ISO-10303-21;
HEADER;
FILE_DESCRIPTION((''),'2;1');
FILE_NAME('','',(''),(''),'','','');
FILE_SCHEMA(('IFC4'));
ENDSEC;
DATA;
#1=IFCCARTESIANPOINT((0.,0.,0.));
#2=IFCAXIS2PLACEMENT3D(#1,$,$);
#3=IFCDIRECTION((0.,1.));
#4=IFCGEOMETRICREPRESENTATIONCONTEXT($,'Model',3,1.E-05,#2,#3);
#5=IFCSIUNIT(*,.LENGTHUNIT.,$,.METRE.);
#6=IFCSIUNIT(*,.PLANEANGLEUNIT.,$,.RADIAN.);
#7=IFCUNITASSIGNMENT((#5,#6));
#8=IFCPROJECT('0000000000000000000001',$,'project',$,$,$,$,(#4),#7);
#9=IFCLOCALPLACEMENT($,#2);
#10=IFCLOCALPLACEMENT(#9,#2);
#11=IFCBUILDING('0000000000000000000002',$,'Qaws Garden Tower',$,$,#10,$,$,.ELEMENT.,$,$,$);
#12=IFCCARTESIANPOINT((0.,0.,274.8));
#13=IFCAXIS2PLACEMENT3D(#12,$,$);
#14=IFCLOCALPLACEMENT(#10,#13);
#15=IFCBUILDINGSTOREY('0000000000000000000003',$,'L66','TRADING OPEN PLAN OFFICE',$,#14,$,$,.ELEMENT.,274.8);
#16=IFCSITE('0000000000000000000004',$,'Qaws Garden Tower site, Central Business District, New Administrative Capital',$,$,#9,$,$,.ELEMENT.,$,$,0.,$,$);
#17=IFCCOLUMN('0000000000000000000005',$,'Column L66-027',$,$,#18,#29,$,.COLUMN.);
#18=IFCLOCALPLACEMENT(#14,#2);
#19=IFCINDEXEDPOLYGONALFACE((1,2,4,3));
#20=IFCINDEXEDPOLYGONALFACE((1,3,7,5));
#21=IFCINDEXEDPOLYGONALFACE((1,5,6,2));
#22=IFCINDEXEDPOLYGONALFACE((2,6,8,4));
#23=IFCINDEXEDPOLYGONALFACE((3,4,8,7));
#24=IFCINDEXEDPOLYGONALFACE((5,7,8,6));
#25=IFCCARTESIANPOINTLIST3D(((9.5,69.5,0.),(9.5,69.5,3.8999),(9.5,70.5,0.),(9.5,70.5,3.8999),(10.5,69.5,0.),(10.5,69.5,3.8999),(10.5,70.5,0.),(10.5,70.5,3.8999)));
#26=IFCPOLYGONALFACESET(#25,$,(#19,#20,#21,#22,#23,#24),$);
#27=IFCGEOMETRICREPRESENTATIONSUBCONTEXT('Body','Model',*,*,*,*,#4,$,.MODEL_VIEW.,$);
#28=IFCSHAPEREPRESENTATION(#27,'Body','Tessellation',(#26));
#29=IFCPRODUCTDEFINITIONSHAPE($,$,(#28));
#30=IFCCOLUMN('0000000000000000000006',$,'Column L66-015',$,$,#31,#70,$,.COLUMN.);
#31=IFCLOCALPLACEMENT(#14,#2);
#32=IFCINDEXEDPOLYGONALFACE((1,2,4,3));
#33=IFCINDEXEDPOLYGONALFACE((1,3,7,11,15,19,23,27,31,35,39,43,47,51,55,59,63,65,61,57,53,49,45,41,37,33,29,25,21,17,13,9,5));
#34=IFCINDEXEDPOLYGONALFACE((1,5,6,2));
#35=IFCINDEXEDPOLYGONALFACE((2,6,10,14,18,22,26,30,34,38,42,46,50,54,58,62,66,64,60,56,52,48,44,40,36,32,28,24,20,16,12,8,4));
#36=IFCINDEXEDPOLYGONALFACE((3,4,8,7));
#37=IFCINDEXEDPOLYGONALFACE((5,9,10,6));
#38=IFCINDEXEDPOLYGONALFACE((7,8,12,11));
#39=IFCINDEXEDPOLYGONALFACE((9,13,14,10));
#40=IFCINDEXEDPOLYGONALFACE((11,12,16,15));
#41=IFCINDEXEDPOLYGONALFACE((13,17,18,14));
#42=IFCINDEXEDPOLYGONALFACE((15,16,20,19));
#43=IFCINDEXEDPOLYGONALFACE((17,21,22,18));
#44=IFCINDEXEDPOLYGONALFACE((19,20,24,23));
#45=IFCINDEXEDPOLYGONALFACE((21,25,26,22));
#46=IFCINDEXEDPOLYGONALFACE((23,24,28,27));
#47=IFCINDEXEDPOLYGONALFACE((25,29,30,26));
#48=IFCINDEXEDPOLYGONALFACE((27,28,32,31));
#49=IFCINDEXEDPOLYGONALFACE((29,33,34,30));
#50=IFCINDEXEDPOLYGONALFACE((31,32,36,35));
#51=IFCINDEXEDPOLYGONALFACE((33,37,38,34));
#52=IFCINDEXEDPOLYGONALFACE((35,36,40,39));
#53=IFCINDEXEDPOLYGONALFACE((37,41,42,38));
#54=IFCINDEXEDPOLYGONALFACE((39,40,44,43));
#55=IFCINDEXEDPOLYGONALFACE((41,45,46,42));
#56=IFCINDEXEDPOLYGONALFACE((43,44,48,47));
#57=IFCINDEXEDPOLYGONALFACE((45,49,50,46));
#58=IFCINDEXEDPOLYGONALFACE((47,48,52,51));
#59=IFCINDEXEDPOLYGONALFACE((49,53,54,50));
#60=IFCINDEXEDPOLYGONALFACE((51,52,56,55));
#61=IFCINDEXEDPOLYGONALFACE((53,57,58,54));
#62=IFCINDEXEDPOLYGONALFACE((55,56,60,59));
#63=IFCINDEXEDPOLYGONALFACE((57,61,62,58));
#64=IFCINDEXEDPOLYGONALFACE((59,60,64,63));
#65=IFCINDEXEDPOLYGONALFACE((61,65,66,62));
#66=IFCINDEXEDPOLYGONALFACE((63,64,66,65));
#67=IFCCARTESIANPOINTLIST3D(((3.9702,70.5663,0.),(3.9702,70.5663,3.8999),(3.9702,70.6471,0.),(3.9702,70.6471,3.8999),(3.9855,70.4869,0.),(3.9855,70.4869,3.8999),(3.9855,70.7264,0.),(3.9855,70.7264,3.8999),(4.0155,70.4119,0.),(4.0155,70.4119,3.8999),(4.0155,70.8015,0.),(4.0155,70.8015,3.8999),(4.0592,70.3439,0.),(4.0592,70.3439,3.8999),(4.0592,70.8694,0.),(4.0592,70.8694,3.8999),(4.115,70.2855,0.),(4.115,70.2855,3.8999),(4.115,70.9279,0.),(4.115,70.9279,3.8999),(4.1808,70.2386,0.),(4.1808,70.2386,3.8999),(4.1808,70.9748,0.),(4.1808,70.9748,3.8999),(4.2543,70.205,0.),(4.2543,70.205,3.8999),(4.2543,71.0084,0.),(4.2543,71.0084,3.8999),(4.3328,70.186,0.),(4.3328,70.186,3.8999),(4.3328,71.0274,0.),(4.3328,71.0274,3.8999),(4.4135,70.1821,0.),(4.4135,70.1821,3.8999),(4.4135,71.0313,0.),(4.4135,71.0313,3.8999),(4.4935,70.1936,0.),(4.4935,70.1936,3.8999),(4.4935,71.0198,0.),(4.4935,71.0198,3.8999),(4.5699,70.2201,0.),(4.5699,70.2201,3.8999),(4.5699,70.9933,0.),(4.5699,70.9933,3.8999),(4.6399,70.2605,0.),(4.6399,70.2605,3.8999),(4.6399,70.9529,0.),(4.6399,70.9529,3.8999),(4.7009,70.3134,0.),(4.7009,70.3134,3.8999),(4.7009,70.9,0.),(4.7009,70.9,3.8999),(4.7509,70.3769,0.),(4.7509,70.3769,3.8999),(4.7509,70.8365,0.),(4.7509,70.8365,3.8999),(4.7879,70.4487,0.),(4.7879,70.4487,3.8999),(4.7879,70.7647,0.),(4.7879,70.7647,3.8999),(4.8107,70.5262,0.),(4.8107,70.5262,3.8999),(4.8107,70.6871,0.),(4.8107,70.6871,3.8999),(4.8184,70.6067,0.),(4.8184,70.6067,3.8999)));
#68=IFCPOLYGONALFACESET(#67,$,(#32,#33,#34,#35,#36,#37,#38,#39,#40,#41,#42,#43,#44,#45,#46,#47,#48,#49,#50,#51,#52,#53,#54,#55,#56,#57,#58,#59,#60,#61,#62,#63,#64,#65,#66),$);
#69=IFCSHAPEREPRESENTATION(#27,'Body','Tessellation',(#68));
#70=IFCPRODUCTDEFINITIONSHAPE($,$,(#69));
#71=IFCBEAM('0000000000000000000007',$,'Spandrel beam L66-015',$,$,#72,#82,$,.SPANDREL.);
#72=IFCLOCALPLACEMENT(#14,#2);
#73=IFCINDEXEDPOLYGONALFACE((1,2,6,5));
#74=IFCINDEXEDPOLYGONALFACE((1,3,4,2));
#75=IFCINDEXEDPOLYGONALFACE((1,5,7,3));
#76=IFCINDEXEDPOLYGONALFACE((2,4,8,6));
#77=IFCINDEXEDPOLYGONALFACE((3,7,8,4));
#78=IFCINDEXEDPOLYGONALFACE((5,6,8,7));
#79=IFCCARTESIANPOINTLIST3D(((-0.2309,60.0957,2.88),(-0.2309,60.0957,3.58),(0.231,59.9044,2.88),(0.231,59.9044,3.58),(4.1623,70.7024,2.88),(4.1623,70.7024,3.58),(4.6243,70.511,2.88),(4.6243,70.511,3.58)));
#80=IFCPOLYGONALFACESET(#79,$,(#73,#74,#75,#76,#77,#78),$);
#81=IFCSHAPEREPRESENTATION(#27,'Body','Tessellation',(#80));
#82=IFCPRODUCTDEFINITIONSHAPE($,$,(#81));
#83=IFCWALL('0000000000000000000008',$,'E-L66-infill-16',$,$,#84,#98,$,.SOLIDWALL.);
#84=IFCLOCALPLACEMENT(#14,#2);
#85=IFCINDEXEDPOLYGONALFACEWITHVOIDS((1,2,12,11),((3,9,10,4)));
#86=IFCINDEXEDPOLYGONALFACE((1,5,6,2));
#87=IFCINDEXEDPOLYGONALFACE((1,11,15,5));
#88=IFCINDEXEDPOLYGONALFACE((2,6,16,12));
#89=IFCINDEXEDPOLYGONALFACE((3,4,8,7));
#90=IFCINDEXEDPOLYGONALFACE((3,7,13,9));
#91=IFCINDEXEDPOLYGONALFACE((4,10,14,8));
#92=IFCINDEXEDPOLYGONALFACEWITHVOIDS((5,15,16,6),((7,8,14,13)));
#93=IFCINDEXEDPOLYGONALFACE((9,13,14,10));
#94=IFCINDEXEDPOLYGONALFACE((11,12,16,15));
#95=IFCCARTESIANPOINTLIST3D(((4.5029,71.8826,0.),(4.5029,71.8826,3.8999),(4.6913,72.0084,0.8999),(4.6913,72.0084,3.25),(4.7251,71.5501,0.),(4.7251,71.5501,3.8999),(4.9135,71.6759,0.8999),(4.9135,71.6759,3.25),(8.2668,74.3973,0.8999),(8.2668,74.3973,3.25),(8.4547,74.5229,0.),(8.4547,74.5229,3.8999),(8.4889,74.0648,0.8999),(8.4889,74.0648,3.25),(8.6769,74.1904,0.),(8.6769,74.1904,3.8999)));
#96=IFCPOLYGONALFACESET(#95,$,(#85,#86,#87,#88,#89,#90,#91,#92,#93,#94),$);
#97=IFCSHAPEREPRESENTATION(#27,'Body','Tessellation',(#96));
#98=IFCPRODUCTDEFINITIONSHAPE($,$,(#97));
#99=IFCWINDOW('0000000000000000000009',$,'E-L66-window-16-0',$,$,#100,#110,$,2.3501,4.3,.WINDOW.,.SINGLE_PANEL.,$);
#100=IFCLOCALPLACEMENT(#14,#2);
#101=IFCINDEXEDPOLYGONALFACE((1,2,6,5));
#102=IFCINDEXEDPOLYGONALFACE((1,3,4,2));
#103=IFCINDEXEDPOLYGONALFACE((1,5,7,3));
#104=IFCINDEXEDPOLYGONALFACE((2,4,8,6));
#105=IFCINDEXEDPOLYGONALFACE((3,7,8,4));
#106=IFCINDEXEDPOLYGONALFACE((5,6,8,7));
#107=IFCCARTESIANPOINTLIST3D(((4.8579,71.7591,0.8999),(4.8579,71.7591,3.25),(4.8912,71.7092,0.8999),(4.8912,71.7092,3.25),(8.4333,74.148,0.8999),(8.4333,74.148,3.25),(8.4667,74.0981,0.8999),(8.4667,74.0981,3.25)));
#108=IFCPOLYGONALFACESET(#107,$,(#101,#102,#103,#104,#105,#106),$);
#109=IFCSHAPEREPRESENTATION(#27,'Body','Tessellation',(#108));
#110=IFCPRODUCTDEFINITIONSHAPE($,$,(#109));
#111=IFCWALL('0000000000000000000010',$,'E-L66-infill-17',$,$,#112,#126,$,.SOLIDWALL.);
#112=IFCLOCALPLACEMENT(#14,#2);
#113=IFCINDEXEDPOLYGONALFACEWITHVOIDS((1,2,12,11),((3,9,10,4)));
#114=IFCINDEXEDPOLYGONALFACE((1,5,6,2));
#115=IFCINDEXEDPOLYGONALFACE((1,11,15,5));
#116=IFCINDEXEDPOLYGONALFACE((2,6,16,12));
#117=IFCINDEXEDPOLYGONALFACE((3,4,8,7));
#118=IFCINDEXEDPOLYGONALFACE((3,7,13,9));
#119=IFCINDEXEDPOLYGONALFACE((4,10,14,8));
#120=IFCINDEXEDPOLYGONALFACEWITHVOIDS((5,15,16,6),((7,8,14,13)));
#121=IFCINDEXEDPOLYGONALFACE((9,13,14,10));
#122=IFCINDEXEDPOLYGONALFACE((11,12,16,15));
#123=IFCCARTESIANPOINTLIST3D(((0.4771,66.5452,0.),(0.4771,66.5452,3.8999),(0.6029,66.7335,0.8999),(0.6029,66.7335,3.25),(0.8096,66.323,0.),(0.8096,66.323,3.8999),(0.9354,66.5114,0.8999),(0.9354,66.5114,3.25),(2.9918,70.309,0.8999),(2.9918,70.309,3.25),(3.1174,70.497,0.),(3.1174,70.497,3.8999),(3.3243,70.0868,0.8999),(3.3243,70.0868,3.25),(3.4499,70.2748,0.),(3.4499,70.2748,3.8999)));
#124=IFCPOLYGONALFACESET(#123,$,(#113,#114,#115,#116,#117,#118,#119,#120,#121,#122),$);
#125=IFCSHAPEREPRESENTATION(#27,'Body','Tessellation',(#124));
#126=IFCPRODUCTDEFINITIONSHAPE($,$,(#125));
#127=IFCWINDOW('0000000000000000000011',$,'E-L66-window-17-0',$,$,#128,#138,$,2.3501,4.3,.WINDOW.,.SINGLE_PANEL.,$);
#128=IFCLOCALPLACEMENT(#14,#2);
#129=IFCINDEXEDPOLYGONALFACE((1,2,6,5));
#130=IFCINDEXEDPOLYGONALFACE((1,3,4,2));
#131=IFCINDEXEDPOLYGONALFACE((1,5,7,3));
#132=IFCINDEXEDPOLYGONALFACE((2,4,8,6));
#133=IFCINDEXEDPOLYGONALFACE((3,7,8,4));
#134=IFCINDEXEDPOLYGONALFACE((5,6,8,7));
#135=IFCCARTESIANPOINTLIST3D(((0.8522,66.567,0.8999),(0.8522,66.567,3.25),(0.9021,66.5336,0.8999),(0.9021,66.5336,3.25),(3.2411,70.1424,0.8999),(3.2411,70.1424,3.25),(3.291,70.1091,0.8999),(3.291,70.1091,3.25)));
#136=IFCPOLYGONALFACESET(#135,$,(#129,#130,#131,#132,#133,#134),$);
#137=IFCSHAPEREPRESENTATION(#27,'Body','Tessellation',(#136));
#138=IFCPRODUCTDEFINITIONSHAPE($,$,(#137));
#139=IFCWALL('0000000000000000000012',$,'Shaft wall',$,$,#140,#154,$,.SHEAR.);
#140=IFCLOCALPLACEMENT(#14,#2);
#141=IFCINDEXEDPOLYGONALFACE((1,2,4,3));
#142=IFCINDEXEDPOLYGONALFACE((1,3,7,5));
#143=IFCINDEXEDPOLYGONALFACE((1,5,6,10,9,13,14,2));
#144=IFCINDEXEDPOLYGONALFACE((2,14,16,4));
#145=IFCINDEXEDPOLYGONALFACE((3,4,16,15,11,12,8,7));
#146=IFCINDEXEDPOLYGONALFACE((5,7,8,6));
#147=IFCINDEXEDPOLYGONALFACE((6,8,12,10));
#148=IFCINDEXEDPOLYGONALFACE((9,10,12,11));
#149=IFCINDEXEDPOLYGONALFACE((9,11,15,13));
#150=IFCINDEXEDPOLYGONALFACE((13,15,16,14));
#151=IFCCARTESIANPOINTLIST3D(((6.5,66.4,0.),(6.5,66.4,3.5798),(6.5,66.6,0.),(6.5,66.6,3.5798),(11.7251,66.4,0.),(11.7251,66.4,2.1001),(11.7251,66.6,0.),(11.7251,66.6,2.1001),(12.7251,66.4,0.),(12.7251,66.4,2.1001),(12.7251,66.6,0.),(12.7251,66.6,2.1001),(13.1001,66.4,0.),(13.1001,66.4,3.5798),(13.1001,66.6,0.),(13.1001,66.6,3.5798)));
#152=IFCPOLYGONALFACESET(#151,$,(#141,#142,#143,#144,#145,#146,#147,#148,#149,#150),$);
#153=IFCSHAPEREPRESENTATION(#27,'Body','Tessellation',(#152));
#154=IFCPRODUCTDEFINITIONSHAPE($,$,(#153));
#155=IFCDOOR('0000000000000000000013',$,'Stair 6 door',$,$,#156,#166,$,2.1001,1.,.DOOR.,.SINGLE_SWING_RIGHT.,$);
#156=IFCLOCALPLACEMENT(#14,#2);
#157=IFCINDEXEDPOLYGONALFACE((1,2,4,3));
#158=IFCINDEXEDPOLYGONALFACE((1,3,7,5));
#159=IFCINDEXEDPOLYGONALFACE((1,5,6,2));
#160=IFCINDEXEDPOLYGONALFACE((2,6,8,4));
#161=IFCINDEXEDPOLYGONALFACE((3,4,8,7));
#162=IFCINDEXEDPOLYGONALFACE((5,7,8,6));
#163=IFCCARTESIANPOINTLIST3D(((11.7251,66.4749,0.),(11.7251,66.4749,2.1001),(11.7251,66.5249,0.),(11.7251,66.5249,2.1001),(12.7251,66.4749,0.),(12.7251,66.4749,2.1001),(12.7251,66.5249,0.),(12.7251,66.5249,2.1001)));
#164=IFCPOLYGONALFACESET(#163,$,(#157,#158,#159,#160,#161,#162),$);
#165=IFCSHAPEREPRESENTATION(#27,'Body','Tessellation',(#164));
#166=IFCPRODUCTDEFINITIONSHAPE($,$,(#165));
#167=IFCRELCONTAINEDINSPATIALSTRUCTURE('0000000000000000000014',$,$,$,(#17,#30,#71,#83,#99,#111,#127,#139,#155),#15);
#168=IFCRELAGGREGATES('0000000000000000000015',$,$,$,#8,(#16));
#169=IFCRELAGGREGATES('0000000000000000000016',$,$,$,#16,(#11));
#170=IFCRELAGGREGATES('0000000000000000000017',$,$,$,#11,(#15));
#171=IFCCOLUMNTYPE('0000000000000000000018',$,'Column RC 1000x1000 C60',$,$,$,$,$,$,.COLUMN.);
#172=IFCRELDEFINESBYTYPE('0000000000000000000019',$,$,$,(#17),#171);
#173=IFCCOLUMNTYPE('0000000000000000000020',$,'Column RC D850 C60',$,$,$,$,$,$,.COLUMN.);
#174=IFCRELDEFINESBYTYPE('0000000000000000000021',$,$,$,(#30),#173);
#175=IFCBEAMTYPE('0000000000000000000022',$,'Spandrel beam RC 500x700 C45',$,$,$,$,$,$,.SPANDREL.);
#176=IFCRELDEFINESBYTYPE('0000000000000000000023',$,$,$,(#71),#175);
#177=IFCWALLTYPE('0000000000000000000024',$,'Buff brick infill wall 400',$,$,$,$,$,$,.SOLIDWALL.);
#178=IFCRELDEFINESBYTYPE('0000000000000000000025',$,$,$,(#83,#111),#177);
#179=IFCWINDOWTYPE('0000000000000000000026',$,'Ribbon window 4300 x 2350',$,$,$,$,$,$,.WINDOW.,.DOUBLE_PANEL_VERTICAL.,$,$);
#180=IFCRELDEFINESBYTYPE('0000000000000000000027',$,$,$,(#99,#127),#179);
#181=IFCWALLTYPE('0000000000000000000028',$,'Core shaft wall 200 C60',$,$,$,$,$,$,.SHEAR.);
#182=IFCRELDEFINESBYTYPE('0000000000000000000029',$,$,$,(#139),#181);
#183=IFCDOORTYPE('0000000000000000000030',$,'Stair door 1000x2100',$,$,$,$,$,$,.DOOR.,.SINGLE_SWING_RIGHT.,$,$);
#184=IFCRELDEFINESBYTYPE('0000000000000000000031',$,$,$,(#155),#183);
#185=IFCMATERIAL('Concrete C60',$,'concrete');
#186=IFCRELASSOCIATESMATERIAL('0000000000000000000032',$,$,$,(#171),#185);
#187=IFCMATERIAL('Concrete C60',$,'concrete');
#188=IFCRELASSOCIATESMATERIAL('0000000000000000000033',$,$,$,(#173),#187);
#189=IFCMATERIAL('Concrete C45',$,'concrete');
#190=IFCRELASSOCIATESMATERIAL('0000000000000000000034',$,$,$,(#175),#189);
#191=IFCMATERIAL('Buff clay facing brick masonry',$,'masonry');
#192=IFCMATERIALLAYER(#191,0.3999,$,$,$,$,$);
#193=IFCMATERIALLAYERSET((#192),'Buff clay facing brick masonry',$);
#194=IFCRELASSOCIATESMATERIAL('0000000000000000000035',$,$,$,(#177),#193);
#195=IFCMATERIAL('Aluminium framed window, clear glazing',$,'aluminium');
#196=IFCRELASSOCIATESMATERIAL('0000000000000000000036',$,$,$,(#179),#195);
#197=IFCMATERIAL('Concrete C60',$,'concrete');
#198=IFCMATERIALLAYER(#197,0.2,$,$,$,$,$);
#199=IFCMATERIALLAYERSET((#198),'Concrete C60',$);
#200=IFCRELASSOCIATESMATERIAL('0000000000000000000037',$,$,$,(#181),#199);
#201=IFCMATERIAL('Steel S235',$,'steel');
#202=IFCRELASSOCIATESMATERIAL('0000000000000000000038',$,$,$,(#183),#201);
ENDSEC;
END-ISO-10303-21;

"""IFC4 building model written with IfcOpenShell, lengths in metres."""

from ifc_helpers import new_model, si_unit, direction, frame, frame_2d, origin, origin_2d, place, context, subcontext, project, spatial, rectangle, circle, extrude, material, layer, layer_set, material_profile, profile_set, type_object, element, fill, save


model = new_model("IFC4")

# Units and contexts
model_context = context("Model", 3, precision=1e-05, world=origin(), true_north=direction((0.0, 1.0)))
body_context = subcontext(model_context, "Body", "Model", "MODEL_VIEW")
ifc_project = project(units=[si_unit("LENGTHUNIT", "METRE"), si_unit("PLANEANGLEUNIT", "RADIAN")], contexts=[model_context])

# Site, building, storey
site_placement = place(None, origin())
site = spatial("IfcSite", under=ifc_project, at=site_placement, Name="Qaws Garden Tower site, Central Business District, New Administrative Capital", CompositionType="ELEMENT", RefElevation=0.0)
building_placement = place(site_placement, origin())
building = spatial("IfcBuilding", under=site, at=building_placement, Name="Qaws Garden Tower", CompositionType="ELEMENT")
storey_placement = place(building_placement, frame((0.0, 0.0, 274.8)))
storey = spatial("IfcBuildingStorey", under=building, at=storey_placement, Name="L66", Description="TRADING OPEN PLAN OFFICE", CompositionType="ELEMENT", Elevation=274.8)

# Columns
ifc_material_1 = material(Name="Concrete C60", Category="concrete")
ifc_material_profile_1 = material_profile(ifc_material_1, rectangle(XDim=1.0, YDim=1.0, at=origin_2d()), Name="RC 1000x1000")
ifc_profile_set_1 = profile_set([ifc_material_profile_1], Name="Concrete C60")
column_type_1 = type_object("IfcColumnType", Name="Column RC 1000x1000 C60", PredefinedType="COLUMN", material=ifc_profile_set_1)
column_1_placement = place(storey_placement, frame((10.0, 70.0, 0.0), z_axis=(0.0, 0.0, 1.0), x_axis=(1.0, 0.0, 0.0)))
element("IfcColumn", 1, at=column_1_placement, inside=storey, type_object=column_type_1, Name="Column L66-027", PredefinedType="COLUMN", context=body_context, shape_type="SweptSolid", body=[
    extrude(rectangle(XDim=1.0, YDim=1.0, at=origin_2d()), origin(), (0.0, 0.0, 1.0), 3.8999),
])
ifc_material_2 = material(Name="Concrete C60", Category="concrete")
ifc_material_profile_2 = material_profile(ifc_material_2, circle(Radius=0.425, at=origin_2d()), Name="RC D850")
ifc_profile_set_2 = profile_set([ifc_material_profile_2], Name="Concrete C60")
column_type_2 = type_object("IfcColumnType", Name="Column RC D850 C60", PredefinedType="COLUMN", material=ifc_profile_set_2)
column_2_placement = place(storey_placement, frame((4.3933, 70.6067, 0.0), z_axis=(0.0, 0.0, 1.0), x_axis=(1.0, 0.0, 0.0)))
element("IfcColumn", 2, at=column_2_placement, inside=storey, type_object=column_type_2, Name="Column L66-015", PredefinedType="COLUMN", context=body_context, shape_type="SweptSolid", body=[
    extrude(circle(Radius=0.425, at=origin_2d()), origin(), (0.0, 0.0, 1.0), 3.8999),
])

# Beam
ifc_material_3 = material(Name="Concrete C45", Category="concrete")
ifc_material_profile_3 = material_profile(ifc_material_3, rectangle(XDim=0.5, YDim=0.7, at=origin_2d()), Name="RC 500x700")
ifc_profile_set_3 = profile_set([ifc_material_profile_3], Name="Concrete C45")
beam_type = type_object("IfcBeamType", Name="Spandrel beam RC 500x700 C45", PredefinedType="SPANDREL", material=ifc_profile_set_3)
beam_placement = place(storey_placement, frame((4.3933, 70.6067, 3.23), z_axis=(-0.382674, -0.923883, 0.0), x_axis=(0.923883, -0.382674, 0.0)))
element("IfcBeam", 3, at=beam_placement, inside=storey, type_object=beam_type, Name="Spandrel beam L66-015", PredefinedType="SPANDREL", context=body_context, shape_type="SweptSolid", body=[
    extrude(rectangle(XDim=0.5, YDim=0.7, at=origin_2d()), origin(), (0.0, 0.0, 1.0), 11.4805),
])

# Walls, openings, windows
ifc_material_4 = material(Name="Buff clay facing brick masonry", Category="masonry")
ifc_layer_1 = layer(ifc_material_4, 0.3999)
ifc_layer_set_1 = layer_set([ifc_layer_1], Name="Buff clay facing brick masonry")
wall_type_1 = type_object("IfcWallType", Name="Buff brick infill wall 400", PredefinedType="SOLIDWALL", material=ifc_layer_set_1)
wall_1_placement = place(storey_placement, frame((8.5659, 74.3567, 0.0), z_axis=(0.0, 0.0, 1.0), x_axis=(-0.831489, -0.555542, 0.0)))
wall_1 = element("IfcWall", 4, at=wall_1_placement, inside=storey, type_object=wall_type_1, Name="E-L66-infill-16", PredefinedType="SOLIDWALL", context=body_context, shape_type="SweptSolid", body=[
    extrude(rectangle(XDim=4.7527, YDim=0.3999, at=frame_2d((2.3765, 0.0))), origin(), (0.0, 0.0, 1.0), 3.8999),
])
opening_1_placement = place(wall_1_placement, frame((0.2263, 0.0, 0.8999)))
opening_1 = element("IfcOpeningElement", 5, at=opening_1_placement, cuts=wall_1, PredefinedType="OPENING", context=body_context, shape_type="SweptSolid", body=[
    extrude(rectangle(XDim=4.3, YDim=2.3501, at=frame_2d((2.1499, 1.175))), frame((0.0, 0.21, 0.0), z_axis=(0.0, -1.0, 0.0), x_axis=(1.0, 0.0, 0.0)), (0.0, 0.0, 1.0), 0.4199),
])
ifc_material_5 = material(Name="Aluminium framed window, clear glazing", Category="aluminium")
window_type = type_object("IfcWindowType", Name="Ribbon window 4300 x 2350", PartitioningType="DOUBLE_PANEL_VERTICAL", PredefinedType="WINDOW", material=ifc_material_5)
window_1_placement = place(opening_1_placement, origin())
window_1 = element("IfcWindow", 6, at=window_1_placement, inside=storey, type_object=window_type, Name="E-L66-window-16-0", OverallHeight=2.3501, OverallWidth=4.3, PartitioningType="SINGLE_PANEL", PredefinedType="WINDOW", context=body_context, shape_type="SweptSolid", body=[
    extrude(rectangle(XDim=4.3, YDim=2.3501, at=frame_2d((2.1499, 1.175))), frame((0.0, 0.1599, 0.0), z_axis=(0.0, -1.0, 0.0), x_axis=(1.0, 0.0, 0.0)), (0.0, 0.0, 1.0), 0.0601),
])
fill(opening_1, window_1)
wall_2_placement = place(storey_placement, frame((3.2837, 70.386, 0.0), z_axis=(0.0, 0.0, 1.0), x_axis=(-0.555542, -0.831489, 0.0)))
wall_2 = element("IfcWall", 7, at=wall_2_placement, inside=storey, type_object=wall_type_1, Name="E-L66-infill-17", PredefinedType="SOLIDWALL", context=body_context, shape_type="SweptSolid", body=[
    extrude(rectangle(XDim=4.7527, YDim=0.3999, at=frame_2d((2.3765, 0.0))), origin(), (0.0, 0.0, 1.0), 3.8999),
])
opening_2_placement = place(wall_2_placement, frame((0.2263, 0.0, 0.8999)))
opening_2 = element("IfcOpeningElement", 8, at=opening_2_placement, cuts=wall_2, PredefinedType="OPENING", context=body_context, shape_type="SweptSolid", body=[
    extrude(rectangle(XDim=4.3, YDim=2.3501, at=frame_2d((2.1499, 1.175))), frame((0.0, 0.21, 0.0), z_axis=(0.0, -1.0, 0.0), x_axis=(1.0, 0.0, 0.0)), (0.0, 0.0, 1.0), 0.4199),
])
window_2_placement = place(opening_2_placement, origin())
window_2 = element("IfcWindow", 9, at=window_2_placement, inside=storey, type_object=window_type, Name="E-L66-window-17-0", OverallHeight=2.3501, OverallWidth=4.3, PartitioningType="SINGLE_PANEL", PredefinedType="WINDOW", context=body_context, shape_type="SweptSolid", body=[
    extrude(rectangle(XDim=4.3, YDim=2.3501, at=frame_2d((2.1499, 1.175))), frame((0.0, 0.1599, 0.0), z_axis=(0.0, -1.0, 0.0), x_axis=(1.0, 0.0, 0.0)), (0.0, 0.0, 1.0), 0.0601),
])
fill(opening_2, window_2)

# Wall, opening, door
ifc_material_6 = material(Name="Concrete C60", Category="concrete")
ifc_layer_2 = layer(ifc_material_6, 0.2)
ifc_layer_set_2 = layer_set([ifc_layer_2], Name="Concrete C60")
wall_type_2 = type_object("IfcWallType", Name="Core shaft wall 200 C60", PredefinedType="SHEAR", material=ifc_layer_set_2)
wall_3_placement = place(storey_placement, frame((6.5, 66.5, 0.0), z_axis=(0.0, 0.0, 1.0), x_axis=(1.0, 0.0, 0.0)))
wall_3 = element("IfcWall", 10, at=wall_3_placement, inside=storey, type_object=wall_type_2, Name="Shaft wall", PredefinedType="SHEAR", context=body_context, shape_type="SweptSolid", body=[
    extrude(rectangle(XDim=6.6001, YDim=0.2, at=frame_2d((3.3, 0.0))), origin(), (0.0, 0.0, 1.0), 3.5798),
])
opening_3_placement = place(wall_3_placement, frame((5.2251, 0.0, 0.0)))
opening_3 = element("IfcOpeningElement", 11, at=opening_3_placement, cuts=wall_3, PredefinedType="OPENING", context=body_context, shape_type="SweptSolid", body=[
    extrude(rectangle(XDim=1.0, YDim=2.1001, at=frame_2d((0.5, 1.05))), frame((0.0, 0.1099, 0.0), z_axis=(0.0, -1.0, 0.0), x_axis=(1.0, 0.0, 0.0)), (0.0, 0.0, 1.0), 0.22),
])
ifc_material_7 = material(Name="Steel S235", Category="steel")
door_type = type_object("IfcDoorType", Name="Stair door 1000x2100", OperationType="SINGLE_SWING_RIGHT", PredefinedType="DOOR", material=ifc_material_7)
door_1_placement = place(opening_3_placement, origin())
door_1 = element("IfcDoor", 12, at=door_1_placement, inside=storey, type_object=door_type, Name="Stair 6 door", OperationType="SINGLE_SWING_RIGHT", OverallHeight=2.1001, OverallWidth=1.0, PredefinedType="DOOR", context=body_context, shape_type="SweptSolid", body=[
    extrude(rectangle(XDim=1.0, YDim=2.1001, at=frame_2d((0.5, 1.05))), frame((0.0, 0.0249, 0.0), z_axis=(0.0, -1.0, 0.0), x_axis=(1.0, 0.0, 0.0)), (0.0, 0.0, 1.0), 0.05),
])
fill(opening_3, door_1)

save(model, "model.ifc")
